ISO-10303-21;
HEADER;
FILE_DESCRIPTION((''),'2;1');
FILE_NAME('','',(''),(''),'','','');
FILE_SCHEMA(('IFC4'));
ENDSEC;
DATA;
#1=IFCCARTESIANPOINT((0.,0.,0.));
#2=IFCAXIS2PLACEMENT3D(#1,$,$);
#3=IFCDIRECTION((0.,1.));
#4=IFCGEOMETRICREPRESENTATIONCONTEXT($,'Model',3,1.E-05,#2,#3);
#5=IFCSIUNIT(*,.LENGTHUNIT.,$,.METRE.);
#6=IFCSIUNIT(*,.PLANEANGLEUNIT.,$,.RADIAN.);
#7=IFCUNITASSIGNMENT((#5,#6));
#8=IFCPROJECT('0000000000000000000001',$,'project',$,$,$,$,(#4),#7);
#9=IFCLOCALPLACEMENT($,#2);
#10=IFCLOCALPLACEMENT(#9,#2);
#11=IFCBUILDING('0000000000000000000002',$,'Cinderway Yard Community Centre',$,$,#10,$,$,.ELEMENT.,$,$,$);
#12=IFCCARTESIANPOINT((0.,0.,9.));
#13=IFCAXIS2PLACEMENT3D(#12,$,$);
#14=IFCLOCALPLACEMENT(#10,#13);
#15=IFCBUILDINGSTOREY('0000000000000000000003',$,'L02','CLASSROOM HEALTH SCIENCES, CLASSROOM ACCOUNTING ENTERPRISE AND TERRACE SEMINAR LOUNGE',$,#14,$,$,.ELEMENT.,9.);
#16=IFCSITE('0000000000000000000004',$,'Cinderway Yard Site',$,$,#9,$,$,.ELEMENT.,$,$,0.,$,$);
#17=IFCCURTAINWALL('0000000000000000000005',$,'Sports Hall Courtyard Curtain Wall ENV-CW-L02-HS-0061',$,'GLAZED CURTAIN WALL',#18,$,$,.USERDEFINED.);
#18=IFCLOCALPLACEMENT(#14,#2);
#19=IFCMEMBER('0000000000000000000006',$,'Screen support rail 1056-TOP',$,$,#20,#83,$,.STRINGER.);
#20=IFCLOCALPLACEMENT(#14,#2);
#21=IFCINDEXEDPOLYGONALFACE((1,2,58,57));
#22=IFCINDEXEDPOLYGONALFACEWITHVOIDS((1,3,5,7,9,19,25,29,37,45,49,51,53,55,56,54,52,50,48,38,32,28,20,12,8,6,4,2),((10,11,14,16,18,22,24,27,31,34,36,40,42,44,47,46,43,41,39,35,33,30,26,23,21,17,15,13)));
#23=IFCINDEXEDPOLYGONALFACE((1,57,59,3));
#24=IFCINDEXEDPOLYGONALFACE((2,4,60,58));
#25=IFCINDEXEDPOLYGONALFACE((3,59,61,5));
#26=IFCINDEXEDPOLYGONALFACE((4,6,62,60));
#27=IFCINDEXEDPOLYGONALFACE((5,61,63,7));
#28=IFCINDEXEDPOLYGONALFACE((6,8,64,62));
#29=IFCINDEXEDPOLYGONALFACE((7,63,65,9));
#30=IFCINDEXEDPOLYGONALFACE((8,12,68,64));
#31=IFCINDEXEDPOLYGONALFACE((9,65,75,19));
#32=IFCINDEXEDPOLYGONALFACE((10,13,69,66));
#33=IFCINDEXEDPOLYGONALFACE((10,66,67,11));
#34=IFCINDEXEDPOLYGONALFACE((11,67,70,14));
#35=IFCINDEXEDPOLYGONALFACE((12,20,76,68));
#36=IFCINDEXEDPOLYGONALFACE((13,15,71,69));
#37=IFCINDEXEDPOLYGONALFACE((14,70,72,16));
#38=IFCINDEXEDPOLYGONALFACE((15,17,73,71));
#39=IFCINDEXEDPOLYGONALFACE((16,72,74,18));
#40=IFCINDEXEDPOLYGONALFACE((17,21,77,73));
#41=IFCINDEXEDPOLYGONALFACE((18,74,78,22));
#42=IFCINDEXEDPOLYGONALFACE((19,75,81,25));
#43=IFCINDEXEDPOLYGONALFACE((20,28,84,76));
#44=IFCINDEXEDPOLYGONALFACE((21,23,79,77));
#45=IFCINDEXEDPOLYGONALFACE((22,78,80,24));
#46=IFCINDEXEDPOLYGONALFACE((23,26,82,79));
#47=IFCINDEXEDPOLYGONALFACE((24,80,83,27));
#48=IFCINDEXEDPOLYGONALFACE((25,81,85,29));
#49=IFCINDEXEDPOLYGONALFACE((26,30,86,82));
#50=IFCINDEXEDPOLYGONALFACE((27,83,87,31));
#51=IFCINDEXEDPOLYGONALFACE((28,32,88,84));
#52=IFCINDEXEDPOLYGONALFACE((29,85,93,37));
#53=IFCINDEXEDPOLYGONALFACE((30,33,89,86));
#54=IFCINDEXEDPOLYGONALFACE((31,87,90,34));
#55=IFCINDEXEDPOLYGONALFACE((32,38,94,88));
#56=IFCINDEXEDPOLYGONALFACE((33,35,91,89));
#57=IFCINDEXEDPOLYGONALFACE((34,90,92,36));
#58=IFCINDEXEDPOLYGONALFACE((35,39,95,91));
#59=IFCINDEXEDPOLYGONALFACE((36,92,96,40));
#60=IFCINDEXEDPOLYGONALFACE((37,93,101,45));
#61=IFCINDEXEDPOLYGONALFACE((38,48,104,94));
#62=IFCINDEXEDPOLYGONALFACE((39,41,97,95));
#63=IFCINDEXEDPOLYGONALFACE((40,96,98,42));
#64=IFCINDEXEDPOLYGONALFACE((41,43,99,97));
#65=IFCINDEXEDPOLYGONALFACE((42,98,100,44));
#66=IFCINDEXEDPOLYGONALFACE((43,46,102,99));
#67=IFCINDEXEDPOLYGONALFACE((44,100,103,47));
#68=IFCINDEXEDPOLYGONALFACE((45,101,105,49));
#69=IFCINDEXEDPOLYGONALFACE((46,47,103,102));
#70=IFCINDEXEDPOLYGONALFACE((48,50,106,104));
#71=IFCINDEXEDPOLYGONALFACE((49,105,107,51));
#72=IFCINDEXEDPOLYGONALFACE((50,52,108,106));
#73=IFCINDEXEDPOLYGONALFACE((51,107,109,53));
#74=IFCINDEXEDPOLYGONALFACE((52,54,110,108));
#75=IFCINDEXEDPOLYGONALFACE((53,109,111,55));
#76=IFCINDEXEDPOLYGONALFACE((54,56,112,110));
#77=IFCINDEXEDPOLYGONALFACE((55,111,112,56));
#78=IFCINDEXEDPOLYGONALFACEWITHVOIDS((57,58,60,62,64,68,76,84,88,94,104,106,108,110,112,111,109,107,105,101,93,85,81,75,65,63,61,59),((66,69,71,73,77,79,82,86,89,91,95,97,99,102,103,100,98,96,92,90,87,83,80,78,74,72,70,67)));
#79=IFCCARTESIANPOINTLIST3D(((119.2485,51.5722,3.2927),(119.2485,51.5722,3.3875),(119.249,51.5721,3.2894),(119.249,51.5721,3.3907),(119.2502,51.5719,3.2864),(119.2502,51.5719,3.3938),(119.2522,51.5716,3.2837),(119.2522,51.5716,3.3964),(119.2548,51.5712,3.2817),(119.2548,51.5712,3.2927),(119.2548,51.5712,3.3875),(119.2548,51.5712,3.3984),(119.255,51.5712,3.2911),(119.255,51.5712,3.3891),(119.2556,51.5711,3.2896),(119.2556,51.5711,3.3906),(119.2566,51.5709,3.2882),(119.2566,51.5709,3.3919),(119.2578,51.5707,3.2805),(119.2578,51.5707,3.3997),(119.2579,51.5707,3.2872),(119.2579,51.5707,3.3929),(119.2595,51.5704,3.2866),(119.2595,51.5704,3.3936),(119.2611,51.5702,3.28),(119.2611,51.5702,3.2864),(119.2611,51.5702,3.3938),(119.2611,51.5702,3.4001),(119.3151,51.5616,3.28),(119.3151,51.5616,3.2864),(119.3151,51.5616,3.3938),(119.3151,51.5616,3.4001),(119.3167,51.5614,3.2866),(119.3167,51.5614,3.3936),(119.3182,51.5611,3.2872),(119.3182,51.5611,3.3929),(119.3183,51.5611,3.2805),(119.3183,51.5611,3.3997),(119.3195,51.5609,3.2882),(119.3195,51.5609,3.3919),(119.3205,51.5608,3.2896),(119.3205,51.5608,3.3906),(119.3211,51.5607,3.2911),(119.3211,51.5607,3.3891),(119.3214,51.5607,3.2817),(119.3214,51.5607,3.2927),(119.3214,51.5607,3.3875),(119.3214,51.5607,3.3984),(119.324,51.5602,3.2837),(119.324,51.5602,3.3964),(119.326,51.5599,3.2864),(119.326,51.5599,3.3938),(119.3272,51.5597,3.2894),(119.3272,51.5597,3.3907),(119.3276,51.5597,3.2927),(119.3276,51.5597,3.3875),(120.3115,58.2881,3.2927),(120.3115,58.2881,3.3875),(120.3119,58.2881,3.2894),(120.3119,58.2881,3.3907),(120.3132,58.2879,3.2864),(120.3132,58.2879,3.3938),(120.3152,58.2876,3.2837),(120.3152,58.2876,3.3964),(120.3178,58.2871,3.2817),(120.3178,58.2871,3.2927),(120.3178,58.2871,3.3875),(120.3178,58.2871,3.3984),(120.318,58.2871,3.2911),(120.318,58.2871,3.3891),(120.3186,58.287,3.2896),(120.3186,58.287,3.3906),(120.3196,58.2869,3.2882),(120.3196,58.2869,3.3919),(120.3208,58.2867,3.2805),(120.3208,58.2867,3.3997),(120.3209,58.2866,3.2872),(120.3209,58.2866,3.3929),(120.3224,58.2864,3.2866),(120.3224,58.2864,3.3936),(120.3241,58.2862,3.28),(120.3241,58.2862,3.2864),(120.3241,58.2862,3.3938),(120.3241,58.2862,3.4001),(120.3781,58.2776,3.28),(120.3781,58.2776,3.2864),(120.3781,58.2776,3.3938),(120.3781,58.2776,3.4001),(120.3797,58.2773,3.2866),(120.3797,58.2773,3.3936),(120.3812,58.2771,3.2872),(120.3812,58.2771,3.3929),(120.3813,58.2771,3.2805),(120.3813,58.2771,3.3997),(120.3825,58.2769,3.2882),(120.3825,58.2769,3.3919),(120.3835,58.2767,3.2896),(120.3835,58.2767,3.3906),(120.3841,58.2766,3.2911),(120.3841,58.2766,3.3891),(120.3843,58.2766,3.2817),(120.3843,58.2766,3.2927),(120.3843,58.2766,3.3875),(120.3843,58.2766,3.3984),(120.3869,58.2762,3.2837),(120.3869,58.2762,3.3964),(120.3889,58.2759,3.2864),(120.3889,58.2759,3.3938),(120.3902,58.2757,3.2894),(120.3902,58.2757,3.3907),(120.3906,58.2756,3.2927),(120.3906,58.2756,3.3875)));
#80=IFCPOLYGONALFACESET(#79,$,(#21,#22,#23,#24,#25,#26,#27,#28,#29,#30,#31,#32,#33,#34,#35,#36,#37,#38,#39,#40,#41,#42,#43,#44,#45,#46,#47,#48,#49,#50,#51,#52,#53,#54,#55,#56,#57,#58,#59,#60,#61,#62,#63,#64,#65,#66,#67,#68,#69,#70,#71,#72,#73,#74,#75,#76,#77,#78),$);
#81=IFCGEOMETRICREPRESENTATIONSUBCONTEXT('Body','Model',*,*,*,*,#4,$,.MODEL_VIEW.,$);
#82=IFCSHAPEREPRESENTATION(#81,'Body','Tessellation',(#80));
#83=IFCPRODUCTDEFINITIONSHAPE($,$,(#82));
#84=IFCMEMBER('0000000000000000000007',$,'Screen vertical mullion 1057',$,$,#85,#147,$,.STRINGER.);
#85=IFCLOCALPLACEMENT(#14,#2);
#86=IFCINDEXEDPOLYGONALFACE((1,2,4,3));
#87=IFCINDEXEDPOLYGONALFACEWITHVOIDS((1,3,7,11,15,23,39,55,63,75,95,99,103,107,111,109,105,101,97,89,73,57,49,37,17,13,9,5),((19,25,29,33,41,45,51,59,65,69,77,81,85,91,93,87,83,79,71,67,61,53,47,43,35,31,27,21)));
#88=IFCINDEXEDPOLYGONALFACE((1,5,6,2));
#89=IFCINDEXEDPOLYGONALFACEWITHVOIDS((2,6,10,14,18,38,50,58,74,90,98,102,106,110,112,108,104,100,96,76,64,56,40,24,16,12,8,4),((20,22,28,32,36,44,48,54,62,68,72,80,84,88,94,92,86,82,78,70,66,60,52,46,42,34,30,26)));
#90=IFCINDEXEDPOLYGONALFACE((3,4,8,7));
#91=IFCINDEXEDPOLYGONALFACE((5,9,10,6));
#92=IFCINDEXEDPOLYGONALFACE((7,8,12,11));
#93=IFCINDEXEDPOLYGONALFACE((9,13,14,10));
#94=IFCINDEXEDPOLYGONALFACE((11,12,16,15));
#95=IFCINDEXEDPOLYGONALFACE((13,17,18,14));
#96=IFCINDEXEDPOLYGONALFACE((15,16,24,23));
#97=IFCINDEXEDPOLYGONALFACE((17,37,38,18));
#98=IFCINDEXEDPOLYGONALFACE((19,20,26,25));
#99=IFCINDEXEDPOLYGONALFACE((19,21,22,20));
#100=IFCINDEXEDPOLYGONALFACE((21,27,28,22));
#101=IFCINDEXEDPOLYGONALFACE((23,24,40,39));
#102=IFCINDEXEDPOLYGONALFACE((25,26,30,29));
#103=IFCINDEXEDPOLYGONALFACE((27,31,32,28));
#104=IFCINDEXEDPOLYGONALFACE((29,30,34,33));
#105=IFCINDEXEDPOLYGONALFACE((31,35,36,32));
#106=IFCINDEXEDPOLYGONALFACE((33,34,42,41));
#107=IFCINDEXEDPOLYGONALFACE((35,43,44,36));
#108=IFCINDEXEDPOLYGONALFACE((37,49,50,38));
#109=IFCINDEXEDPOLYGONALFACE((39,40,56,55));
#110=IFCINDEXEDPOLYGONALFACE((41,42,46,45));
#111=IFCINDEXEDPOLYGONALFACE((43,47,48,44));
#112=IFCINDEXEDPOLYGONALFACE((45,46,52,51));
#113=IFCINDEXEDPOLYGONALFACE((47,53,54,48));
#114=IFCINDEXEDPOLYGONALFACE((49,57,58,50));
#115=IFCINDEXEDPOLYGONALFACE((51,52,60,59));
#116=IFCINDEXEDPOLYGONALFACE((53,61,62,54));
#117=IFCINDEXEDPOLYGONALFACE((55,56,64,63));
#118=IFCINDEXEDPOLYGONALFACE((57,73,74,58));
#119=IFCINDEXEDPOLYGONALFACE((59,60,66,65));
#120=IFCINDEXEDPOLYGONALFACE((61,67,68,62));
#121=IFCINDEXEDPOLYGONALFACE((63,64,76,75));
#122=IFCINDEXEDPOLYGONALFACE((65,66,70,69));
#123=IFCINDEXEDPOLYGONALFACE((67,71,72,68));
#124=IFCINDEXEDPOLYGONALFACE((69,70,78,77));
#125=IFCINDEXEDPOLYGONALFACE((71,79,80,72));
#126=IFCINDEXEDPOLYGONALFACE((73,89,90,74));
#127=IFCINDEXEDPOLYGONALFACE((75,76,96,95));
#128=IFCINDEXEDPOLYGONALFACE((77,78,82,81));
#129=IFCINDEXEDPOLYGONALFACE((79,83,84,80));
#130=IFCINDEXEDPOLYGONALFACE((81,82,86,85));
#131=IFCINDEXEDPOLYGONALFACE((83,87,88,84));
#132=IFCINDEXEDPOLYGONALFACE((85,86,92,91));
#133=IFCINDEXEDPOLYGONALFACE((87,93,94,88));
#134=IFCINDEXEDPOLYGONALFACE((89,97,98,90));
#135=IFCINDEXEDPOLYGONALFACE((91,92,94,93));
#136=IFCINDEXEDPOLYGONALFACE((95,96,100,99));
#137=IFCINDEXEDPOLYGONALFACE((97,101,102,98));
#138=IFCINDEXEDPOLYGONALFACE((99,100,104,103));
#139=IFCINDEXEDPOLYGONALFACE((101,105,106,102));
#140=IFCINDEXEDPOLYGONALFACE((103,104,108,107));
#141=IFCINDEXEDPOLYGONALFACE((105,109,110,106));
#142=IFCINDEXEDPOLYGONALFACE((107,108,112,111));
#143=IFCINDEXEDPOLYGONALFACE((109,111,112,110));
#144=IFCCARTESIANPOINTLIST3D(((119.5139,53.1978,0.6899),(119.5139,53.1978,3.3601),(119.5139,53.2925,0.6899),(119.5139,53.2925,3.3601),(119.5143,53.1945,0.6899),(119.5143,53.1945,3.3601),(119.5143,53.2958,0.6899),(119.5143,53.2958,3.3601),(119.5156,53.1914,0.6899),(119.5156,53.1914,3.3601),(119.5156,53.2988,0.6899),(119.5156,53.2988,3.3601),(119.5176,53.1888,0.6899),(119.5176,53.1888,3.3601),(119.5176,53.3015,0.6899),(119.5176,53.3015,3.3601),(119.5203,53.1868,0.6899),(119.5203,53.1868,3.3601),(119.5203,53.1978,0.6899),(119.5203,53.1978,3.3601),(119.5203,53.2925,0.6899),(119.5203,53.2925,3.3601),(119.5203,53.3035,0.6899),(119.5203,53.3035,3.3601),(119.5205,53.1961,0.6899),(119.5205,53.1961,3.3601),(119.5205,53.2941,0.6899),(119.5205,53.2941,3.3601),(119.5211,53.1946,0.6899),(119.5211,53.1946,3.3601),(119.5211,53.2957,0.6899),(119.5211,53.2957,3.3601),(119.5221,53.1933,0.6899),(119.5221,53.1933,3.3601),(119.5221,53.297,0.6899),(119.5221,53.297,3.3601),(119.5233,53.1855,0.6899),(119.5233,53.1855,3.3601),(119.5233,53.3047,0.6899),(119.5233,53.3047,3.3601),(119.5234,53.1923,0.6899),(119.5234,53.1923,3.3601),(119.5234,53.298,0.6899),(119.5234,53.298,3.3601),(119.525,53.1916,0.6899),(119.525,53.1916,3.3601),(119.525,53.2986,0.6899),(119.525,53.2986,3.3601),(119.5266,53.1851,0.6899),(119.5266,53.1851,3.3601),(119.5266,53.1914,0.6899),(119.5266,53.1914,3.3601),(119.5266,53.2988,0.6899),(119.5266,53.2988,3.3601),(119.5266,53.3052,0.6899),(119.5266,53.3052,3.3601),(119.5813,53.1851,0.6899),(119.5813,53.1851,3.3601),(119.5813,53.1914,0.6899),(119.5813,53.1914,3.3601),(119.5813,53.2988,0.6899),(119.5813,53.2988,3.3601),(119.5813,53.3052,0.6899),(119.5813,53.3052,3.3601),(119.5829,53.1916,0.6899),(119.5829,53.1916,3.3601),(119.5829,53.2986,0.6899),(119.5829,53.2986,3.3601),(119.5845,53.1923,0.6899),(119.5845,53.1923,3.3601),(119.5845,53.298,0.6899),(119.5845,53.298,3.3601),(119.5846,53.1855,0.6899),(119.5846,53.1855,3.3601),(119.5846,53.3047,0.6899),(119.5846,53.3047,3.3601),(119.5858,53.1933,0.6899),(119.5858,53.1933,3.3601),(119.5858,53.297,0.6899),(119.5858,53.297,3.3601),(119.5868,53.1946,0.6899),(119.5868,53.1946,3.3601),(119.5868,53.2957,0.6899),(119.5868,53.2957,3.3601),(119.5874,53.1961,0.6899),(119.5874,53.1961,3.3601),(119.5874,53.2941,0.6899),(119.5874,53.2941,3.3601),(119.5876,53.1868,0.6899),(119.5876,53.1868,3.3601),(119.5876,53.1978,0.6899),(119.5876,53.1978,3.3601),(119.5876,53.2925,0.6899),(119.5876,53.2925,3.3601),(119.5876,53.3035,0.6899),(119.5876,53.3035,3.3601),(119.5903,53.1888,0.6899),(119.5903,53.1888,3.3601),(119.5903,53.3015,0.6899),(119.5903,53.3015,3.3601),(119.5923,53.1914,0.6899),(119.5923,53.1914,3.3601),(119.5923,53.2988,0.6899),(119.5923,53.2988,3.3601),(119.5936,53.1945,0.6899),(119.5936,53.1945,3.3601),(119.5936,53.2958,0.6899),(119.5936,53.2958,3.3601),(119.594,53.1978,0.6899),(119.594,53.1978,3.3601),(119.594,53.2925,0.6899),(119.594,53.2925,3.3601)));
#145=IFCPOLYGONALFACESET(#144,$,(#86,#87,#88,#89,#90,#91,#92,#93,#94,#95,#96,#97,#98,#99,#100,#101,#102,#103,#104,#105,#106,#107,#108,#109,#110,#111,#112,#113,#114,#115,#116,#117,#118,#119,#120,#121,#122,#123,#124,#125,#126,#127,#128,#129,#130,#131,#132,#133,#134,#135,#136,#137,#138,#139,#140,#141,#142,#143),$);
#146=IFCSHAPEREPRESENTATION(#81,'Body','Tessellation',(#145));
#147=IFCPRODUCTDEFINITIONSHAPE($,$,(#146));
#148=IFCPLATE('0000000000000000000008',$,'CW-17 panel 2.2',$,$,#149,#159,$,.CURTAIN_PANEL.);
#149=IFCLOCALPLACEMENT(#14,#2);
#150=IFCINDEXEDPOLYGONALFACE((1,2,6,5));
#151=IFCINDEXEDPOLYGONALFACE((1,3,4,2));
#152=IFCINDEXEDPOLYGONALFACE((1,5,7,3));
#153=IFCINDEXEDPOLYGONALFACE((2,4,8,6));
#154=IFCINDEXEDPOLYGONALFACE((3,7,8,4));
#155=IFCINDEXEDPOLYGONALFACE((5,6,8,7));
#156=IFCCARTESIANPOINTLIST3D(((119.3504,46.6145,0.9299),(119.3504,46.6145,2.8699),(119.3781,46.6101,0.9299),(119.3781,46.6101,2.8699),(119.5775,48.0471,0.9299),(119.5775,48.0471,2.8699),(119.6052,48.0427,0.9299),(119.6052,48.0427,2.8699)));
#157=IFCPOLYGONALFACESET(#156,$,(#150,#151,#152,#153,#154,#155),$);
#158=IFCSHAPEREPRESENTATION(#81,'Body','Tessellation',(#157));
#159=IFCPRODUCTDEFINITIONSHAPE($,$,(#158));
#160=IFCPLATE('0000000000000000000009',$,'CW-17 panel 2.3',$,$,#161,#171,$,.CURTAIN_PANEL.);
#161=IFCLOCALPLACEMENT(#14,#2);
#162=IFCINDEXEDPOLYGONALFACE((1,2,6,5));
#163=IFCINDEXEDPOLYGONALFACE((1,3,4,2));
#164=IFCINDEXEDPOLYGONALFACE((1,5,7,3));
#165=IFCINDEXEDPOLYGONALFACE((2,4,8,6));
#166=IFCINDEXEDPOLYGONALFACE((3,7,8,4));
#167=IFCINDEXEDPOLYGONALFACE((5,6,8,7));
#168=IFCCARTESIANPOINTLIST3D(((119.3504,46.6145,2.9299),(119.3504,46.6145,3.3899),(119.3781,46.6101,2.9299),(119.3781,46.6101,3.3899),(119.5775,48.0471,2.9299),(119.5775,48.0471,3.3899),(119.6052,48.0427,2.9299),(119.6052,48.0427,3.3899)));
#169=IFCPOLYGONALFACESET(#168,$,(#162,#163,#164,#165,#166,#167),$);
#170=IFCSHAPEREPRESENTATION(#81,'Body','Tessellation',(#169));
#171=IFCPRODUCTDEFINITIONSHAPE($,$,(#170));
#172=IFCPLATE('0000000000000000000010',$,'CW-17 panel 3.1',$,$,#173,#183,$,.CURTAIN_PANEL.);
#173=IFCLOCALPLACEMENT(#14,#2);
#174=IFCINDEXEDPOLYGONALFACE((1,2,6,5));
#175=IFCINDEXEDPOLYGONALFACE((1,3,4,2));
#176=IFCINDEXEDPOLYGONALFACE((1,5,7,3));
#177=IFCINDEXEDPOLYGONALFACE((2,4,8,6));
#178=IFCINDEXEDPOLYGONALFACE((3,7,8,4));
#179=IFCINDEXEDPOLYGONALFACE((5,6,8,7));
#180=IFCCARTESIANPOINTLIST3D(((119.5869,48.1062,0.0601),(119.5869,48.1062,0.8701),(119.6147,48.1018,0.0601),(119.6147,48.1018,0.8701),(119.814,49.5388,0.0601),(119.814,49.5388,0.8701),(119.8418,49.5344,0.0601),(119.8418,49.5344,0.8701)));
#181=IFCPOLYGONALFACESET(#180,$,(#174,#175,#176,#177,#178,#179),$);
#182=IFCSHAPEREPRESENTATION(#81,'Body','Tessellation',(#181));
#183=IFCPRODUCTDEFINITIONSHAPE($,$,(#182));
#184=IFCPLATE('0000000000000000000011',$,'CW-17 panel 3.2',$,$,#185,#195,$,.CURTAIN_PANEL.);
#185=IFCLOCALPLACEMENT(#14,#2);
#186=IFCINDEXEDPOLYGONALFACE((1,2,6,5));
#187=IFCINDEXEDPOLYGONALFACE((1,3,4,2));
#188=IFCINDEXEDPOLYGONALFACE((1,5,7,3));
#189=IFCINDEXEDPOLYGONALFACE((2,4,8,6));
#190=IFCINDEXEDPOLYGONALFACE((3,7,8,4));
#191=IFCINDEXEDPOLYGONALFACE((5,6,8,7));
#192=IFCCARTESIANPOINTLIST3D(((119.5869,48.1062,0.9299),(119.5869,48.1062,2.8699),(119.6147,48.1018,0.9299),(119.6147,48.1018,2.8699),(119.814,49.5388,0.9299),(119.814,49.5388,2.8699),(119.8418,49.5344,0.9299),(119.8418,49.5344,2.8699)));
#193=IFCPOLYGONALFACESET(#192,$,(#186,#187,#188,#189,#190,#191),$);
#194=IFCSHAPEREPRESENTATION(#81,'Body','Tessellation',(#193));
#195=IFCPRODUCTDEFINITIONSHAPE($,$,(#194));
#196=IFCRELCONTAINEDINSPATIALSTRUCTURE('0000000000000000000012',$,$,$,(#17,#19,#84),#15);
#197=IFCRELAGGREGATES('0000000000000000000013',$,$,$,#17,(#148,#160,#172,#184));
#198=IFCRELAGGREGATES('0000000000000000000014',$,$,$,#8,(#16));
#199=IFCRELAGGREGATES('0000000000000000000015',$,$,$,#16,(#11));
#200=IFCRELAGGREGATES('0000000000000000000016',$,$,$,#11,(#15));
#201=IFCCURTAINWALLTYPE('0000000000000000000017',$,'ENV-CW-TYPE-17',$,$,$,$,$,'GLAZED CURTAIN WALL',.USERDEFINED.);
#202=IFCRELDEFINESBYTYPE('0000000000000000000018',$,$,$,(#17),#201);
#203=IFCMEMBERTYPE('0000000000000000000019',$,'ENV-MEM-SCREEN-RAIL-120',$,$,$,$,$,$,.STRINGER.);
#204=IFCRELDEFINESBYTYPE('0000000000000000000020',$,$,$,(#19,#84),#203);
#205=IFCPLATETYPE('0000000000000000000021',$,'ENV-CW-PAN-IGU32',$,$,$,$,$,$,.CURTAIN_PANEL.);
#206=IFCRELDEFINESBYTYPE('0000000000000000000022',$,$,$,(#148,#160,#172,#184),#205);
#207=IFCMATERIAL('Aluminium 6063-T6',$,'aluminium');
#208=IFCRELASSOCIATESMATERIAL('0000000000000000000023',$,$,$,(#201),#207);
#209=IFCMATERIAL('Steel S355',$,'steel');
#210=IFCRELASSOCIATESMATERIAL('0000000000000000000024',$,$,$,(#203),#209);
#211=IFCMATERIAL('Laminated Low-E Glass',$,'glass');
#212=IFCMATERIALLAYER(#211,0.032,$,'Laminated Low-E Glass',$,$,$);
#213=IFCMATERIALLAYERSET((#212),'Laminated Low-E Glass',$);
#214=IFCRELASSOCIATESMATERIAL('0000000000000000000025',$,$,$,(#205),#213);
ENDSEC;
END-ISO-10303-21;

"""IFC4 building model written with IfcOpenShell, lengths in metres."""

from ifc_helpers import new_model, si_unit, direction, frame, origin, origin_2d, place, context, subcontext, project, spatial, rectangle, hollow_rectangle, extrude, material, layer, layer_set, material_profile, profile_set, type_object, element, aggregate, save


model = new_model("IFC4")

# Units and contexts
model_context = context("Model", 3, precision=1e-05, world=origin(), true_north=direction((0.0, 1.0)))
body_context = subcontext(model_context, "Body", "Model", "MODEL_VIEW")
ifc_project = project(units=[si_unit("LENGTHUNIT", "METRE"), si_unit("PLANEANGLEUNIT", "RADIAN")], contexts=[model_context])

# Site, building, storey
site_placement = place(None, origin())
site = spatial("IfcSite", under=ifc_project, at=site_placement, Name="Cinderway Yard Site", CompositionType="ELEMENT", RefElevation=0.0)
building_placement = place(site_placement, origin())
building = spatial("IfcBuilding", under=site, at=building_placement, Name="Cinderway Yard Community Centre", CompositionType="ELEMENT")
storey_placement = place(building_placement, frame((0.0, 0.0, 9.0)))
storey = spatial("IfcBuildingStorey", under=building, at=storey_placement, Name="L02", Description="CLASSROOM HEALTH SCIENCES, CLASSROOM ACCOUNTING ENTERPRISE AND TERRACE SEMINAR LOUNGE", CompositionType="ELEMENT", Elevation=9.0)

# Curtain wall
ifc_material_1 = material(Name="Aluminium 6063-T6", Category="aluminium")
curtain_wall_type = type_object("IfcCurtainWallType", Name="ENV-CW-TYPE-17", ElementType="GLAZED CURTAIN WALL", PredefinedType="USERDEFINED", material=ifc_material_1)
curtain_wall_placement = place(storey_placement, origin())
curtain_wall = element("IfcCurtainWall", 1, at=curtain_wall_placement, inside=storey, type_object=curtain_wall_type, Name="Sports Hall Courtyard Curtain Wall ENV-CW-L02-HS-0061", ObjectType="GLAZED CURTAIN WALL", PredefinedType="USERDEFINED")

# Members
ifc_material_2 = material(Name="Steel S355", Category="steel")
ifc_material_profile_1 = material_profile(ifc_material_2, hollow_rectangle(XDim=0.0801, YDim=0.1201, WallThickness=0.0063, InnerFilletRadius=0.0063, OuterFilletRadius=0.0127, at=origin_2d()), Name="Steel S355")
ifc_profile_set_1 = profile_set([ifc_material_profile_1], Name="Steel S355")
member_type_1 = type_object("IfcMemberType", Name="ENV-MEM-SCREEN-RAIL-120", PredefinedType="STRINGER", material=ifc_profile_set_1)
for number, where, z_axis, x_axis, name in (
    (2, (119.2881, 51.5659, 3.3401), (0.156329, 0.987705, 0.0), (-0.987705, 0.156329, 0.0), "Screen support rail 1056-TOP"),
):
    element("IfcMember", number, at=place(storey_placement, frame(where, z_axis=z_axis, x_axis=x_axis)), inside=storey, type_object=member_type_1, Name=name, PredefinedType="STRINGER", context=body_context, shape_type="SweptSolid", body=[
        extrude(hollow_rectangle(XDim=0.0801, YDim=0.1201, WallThickness=0.0063, InnerFilletRadius=0.0063, OuterFilletRadius=0.0127, at=origin_2d()), origin(), (0.0, 0.0, 1.0), 6.7996),
    ])
member_1_placement = place(storey_placement, frame((119.554, 53.2451, 0.6899), z_axis=(0.0, 0.0, 1.0), x_axis=(1.0, 0.0, 0.0)))
element("IfcMember", 3, at=member_1_placement, inside=storey, type_object=member_type_1, Name="Screen vertical mullion 1057", PredefinedType="STRINGER", context=body_context, shape_type="SweptSolid", body=[
    extrude(hollow_rectangle(XDim=0.0801, YDim=0.1201, WallThickness=0.0063, InnerFilletRadius=0.0063, OuterFilletRadius=0.0127, at=origin_2d()), origin(), (0.0, 0.0, 1.0), 2.6702),
])

# Plates
ifc_material_3 = material(Name="Laminated Low-E Glass", Category="glass")
ifc_layer_1 = layer(ifc_material_3, 0.032, Name="Laminated Low-E Glass")
ifc_layer_set_1 = layer_set([ifc_layer_1], Name="Laminated Low-E Glass")
plate_type = type_object("IfcPlateType", Name="ENV-CW-PAN-IGU32", PredefinedType="CURTAIN_PANEL", material=ifc_layer_set_1)
plate_1_placement = place(storey_placement, frame((119.4778, 47.3286, 0.9299), z_axis=(0.0, 0.0, 1.0), x_axis=(0.156583, 0.987665, 0.0)))
plate_1 = element("IfcPlate", 4, at=plate_1_placement, type_object=plate_type, Name="CW-17 panel 2.2", PredefinedType="CURTAIN_PANEL", context=body_context, shape_type="SweptSolid", body=[
    extrude(rectangle(XDim=1.4504, YDim=0.0281, at=origin_2d()), origin(), (0.0, 0.0, 1.0), 1.9399),
])
plate_2_placement = place(storey_placement, frame((119.4778, 47.3286, 2.9299), z_axis=(0.0, 0.0, 1.0), x_axis=(0.156583, 0.987665, 0.0)))
plate_2 = element("IfcPlate", 5, at=plate_2_placement, type_object=plate_type, Name="CW-17 panel 2.3", PredefinedType="CURTAIN_PANEL", context=body_context, shape_type="SweptSolid", body=[
    extrude(rectangle(XDim=1.4504, YDim=0.0281, at=origin_2d()), origin(), (0.0, 0.0, 1.0), 0.46),
])
plate_3_placement = place(storey_placement, frame((119.7144, 48.8203, 0.0601), z_axis=(0.0, 0.0, 1.0), x_axis=(0.156583, 0.987665, 0.0)))
plate_3 = element("IfcPlate", 6, at=plate_3_placement, type_object=plate_type, Name="CW-17 panel 3.1", PredefinedType="CURTAIN_PANEL", context=body_context, shape_type="SweptSolid", body=[
    extrude(rectangle(XDim=1.4504, YDim=0.0281, at=origin_2d()), origin(), (0.0, 0.0, 1.0), 0.8101),
])
plate_4_placement = place(storey_placement, frame((119.7144, 48.8203, 0.9299), z_axis=(0.0, 0.0, 1.0), x_axis=(0.156583, 0.987665, 0.0)))
plate_4 = element("IfcPlate", 7, at=plate_4_placement, type_object=plate_type, Name="CW-17 panel 3.2", PredefinedType="CURTAIN_PANEL", context=body_context, shape_type="SweptSolid", body=[
    extrude(rectangle(XDim=1.4504, YDim=0.0281, at=origin_2d()), origin(), (0.0, 0.0, 1.0), 1.9399),
])
aggregate(curtain_wall, [plate_1, plate_2, plate_3, plate_4])

save(model, "model.ifc")
